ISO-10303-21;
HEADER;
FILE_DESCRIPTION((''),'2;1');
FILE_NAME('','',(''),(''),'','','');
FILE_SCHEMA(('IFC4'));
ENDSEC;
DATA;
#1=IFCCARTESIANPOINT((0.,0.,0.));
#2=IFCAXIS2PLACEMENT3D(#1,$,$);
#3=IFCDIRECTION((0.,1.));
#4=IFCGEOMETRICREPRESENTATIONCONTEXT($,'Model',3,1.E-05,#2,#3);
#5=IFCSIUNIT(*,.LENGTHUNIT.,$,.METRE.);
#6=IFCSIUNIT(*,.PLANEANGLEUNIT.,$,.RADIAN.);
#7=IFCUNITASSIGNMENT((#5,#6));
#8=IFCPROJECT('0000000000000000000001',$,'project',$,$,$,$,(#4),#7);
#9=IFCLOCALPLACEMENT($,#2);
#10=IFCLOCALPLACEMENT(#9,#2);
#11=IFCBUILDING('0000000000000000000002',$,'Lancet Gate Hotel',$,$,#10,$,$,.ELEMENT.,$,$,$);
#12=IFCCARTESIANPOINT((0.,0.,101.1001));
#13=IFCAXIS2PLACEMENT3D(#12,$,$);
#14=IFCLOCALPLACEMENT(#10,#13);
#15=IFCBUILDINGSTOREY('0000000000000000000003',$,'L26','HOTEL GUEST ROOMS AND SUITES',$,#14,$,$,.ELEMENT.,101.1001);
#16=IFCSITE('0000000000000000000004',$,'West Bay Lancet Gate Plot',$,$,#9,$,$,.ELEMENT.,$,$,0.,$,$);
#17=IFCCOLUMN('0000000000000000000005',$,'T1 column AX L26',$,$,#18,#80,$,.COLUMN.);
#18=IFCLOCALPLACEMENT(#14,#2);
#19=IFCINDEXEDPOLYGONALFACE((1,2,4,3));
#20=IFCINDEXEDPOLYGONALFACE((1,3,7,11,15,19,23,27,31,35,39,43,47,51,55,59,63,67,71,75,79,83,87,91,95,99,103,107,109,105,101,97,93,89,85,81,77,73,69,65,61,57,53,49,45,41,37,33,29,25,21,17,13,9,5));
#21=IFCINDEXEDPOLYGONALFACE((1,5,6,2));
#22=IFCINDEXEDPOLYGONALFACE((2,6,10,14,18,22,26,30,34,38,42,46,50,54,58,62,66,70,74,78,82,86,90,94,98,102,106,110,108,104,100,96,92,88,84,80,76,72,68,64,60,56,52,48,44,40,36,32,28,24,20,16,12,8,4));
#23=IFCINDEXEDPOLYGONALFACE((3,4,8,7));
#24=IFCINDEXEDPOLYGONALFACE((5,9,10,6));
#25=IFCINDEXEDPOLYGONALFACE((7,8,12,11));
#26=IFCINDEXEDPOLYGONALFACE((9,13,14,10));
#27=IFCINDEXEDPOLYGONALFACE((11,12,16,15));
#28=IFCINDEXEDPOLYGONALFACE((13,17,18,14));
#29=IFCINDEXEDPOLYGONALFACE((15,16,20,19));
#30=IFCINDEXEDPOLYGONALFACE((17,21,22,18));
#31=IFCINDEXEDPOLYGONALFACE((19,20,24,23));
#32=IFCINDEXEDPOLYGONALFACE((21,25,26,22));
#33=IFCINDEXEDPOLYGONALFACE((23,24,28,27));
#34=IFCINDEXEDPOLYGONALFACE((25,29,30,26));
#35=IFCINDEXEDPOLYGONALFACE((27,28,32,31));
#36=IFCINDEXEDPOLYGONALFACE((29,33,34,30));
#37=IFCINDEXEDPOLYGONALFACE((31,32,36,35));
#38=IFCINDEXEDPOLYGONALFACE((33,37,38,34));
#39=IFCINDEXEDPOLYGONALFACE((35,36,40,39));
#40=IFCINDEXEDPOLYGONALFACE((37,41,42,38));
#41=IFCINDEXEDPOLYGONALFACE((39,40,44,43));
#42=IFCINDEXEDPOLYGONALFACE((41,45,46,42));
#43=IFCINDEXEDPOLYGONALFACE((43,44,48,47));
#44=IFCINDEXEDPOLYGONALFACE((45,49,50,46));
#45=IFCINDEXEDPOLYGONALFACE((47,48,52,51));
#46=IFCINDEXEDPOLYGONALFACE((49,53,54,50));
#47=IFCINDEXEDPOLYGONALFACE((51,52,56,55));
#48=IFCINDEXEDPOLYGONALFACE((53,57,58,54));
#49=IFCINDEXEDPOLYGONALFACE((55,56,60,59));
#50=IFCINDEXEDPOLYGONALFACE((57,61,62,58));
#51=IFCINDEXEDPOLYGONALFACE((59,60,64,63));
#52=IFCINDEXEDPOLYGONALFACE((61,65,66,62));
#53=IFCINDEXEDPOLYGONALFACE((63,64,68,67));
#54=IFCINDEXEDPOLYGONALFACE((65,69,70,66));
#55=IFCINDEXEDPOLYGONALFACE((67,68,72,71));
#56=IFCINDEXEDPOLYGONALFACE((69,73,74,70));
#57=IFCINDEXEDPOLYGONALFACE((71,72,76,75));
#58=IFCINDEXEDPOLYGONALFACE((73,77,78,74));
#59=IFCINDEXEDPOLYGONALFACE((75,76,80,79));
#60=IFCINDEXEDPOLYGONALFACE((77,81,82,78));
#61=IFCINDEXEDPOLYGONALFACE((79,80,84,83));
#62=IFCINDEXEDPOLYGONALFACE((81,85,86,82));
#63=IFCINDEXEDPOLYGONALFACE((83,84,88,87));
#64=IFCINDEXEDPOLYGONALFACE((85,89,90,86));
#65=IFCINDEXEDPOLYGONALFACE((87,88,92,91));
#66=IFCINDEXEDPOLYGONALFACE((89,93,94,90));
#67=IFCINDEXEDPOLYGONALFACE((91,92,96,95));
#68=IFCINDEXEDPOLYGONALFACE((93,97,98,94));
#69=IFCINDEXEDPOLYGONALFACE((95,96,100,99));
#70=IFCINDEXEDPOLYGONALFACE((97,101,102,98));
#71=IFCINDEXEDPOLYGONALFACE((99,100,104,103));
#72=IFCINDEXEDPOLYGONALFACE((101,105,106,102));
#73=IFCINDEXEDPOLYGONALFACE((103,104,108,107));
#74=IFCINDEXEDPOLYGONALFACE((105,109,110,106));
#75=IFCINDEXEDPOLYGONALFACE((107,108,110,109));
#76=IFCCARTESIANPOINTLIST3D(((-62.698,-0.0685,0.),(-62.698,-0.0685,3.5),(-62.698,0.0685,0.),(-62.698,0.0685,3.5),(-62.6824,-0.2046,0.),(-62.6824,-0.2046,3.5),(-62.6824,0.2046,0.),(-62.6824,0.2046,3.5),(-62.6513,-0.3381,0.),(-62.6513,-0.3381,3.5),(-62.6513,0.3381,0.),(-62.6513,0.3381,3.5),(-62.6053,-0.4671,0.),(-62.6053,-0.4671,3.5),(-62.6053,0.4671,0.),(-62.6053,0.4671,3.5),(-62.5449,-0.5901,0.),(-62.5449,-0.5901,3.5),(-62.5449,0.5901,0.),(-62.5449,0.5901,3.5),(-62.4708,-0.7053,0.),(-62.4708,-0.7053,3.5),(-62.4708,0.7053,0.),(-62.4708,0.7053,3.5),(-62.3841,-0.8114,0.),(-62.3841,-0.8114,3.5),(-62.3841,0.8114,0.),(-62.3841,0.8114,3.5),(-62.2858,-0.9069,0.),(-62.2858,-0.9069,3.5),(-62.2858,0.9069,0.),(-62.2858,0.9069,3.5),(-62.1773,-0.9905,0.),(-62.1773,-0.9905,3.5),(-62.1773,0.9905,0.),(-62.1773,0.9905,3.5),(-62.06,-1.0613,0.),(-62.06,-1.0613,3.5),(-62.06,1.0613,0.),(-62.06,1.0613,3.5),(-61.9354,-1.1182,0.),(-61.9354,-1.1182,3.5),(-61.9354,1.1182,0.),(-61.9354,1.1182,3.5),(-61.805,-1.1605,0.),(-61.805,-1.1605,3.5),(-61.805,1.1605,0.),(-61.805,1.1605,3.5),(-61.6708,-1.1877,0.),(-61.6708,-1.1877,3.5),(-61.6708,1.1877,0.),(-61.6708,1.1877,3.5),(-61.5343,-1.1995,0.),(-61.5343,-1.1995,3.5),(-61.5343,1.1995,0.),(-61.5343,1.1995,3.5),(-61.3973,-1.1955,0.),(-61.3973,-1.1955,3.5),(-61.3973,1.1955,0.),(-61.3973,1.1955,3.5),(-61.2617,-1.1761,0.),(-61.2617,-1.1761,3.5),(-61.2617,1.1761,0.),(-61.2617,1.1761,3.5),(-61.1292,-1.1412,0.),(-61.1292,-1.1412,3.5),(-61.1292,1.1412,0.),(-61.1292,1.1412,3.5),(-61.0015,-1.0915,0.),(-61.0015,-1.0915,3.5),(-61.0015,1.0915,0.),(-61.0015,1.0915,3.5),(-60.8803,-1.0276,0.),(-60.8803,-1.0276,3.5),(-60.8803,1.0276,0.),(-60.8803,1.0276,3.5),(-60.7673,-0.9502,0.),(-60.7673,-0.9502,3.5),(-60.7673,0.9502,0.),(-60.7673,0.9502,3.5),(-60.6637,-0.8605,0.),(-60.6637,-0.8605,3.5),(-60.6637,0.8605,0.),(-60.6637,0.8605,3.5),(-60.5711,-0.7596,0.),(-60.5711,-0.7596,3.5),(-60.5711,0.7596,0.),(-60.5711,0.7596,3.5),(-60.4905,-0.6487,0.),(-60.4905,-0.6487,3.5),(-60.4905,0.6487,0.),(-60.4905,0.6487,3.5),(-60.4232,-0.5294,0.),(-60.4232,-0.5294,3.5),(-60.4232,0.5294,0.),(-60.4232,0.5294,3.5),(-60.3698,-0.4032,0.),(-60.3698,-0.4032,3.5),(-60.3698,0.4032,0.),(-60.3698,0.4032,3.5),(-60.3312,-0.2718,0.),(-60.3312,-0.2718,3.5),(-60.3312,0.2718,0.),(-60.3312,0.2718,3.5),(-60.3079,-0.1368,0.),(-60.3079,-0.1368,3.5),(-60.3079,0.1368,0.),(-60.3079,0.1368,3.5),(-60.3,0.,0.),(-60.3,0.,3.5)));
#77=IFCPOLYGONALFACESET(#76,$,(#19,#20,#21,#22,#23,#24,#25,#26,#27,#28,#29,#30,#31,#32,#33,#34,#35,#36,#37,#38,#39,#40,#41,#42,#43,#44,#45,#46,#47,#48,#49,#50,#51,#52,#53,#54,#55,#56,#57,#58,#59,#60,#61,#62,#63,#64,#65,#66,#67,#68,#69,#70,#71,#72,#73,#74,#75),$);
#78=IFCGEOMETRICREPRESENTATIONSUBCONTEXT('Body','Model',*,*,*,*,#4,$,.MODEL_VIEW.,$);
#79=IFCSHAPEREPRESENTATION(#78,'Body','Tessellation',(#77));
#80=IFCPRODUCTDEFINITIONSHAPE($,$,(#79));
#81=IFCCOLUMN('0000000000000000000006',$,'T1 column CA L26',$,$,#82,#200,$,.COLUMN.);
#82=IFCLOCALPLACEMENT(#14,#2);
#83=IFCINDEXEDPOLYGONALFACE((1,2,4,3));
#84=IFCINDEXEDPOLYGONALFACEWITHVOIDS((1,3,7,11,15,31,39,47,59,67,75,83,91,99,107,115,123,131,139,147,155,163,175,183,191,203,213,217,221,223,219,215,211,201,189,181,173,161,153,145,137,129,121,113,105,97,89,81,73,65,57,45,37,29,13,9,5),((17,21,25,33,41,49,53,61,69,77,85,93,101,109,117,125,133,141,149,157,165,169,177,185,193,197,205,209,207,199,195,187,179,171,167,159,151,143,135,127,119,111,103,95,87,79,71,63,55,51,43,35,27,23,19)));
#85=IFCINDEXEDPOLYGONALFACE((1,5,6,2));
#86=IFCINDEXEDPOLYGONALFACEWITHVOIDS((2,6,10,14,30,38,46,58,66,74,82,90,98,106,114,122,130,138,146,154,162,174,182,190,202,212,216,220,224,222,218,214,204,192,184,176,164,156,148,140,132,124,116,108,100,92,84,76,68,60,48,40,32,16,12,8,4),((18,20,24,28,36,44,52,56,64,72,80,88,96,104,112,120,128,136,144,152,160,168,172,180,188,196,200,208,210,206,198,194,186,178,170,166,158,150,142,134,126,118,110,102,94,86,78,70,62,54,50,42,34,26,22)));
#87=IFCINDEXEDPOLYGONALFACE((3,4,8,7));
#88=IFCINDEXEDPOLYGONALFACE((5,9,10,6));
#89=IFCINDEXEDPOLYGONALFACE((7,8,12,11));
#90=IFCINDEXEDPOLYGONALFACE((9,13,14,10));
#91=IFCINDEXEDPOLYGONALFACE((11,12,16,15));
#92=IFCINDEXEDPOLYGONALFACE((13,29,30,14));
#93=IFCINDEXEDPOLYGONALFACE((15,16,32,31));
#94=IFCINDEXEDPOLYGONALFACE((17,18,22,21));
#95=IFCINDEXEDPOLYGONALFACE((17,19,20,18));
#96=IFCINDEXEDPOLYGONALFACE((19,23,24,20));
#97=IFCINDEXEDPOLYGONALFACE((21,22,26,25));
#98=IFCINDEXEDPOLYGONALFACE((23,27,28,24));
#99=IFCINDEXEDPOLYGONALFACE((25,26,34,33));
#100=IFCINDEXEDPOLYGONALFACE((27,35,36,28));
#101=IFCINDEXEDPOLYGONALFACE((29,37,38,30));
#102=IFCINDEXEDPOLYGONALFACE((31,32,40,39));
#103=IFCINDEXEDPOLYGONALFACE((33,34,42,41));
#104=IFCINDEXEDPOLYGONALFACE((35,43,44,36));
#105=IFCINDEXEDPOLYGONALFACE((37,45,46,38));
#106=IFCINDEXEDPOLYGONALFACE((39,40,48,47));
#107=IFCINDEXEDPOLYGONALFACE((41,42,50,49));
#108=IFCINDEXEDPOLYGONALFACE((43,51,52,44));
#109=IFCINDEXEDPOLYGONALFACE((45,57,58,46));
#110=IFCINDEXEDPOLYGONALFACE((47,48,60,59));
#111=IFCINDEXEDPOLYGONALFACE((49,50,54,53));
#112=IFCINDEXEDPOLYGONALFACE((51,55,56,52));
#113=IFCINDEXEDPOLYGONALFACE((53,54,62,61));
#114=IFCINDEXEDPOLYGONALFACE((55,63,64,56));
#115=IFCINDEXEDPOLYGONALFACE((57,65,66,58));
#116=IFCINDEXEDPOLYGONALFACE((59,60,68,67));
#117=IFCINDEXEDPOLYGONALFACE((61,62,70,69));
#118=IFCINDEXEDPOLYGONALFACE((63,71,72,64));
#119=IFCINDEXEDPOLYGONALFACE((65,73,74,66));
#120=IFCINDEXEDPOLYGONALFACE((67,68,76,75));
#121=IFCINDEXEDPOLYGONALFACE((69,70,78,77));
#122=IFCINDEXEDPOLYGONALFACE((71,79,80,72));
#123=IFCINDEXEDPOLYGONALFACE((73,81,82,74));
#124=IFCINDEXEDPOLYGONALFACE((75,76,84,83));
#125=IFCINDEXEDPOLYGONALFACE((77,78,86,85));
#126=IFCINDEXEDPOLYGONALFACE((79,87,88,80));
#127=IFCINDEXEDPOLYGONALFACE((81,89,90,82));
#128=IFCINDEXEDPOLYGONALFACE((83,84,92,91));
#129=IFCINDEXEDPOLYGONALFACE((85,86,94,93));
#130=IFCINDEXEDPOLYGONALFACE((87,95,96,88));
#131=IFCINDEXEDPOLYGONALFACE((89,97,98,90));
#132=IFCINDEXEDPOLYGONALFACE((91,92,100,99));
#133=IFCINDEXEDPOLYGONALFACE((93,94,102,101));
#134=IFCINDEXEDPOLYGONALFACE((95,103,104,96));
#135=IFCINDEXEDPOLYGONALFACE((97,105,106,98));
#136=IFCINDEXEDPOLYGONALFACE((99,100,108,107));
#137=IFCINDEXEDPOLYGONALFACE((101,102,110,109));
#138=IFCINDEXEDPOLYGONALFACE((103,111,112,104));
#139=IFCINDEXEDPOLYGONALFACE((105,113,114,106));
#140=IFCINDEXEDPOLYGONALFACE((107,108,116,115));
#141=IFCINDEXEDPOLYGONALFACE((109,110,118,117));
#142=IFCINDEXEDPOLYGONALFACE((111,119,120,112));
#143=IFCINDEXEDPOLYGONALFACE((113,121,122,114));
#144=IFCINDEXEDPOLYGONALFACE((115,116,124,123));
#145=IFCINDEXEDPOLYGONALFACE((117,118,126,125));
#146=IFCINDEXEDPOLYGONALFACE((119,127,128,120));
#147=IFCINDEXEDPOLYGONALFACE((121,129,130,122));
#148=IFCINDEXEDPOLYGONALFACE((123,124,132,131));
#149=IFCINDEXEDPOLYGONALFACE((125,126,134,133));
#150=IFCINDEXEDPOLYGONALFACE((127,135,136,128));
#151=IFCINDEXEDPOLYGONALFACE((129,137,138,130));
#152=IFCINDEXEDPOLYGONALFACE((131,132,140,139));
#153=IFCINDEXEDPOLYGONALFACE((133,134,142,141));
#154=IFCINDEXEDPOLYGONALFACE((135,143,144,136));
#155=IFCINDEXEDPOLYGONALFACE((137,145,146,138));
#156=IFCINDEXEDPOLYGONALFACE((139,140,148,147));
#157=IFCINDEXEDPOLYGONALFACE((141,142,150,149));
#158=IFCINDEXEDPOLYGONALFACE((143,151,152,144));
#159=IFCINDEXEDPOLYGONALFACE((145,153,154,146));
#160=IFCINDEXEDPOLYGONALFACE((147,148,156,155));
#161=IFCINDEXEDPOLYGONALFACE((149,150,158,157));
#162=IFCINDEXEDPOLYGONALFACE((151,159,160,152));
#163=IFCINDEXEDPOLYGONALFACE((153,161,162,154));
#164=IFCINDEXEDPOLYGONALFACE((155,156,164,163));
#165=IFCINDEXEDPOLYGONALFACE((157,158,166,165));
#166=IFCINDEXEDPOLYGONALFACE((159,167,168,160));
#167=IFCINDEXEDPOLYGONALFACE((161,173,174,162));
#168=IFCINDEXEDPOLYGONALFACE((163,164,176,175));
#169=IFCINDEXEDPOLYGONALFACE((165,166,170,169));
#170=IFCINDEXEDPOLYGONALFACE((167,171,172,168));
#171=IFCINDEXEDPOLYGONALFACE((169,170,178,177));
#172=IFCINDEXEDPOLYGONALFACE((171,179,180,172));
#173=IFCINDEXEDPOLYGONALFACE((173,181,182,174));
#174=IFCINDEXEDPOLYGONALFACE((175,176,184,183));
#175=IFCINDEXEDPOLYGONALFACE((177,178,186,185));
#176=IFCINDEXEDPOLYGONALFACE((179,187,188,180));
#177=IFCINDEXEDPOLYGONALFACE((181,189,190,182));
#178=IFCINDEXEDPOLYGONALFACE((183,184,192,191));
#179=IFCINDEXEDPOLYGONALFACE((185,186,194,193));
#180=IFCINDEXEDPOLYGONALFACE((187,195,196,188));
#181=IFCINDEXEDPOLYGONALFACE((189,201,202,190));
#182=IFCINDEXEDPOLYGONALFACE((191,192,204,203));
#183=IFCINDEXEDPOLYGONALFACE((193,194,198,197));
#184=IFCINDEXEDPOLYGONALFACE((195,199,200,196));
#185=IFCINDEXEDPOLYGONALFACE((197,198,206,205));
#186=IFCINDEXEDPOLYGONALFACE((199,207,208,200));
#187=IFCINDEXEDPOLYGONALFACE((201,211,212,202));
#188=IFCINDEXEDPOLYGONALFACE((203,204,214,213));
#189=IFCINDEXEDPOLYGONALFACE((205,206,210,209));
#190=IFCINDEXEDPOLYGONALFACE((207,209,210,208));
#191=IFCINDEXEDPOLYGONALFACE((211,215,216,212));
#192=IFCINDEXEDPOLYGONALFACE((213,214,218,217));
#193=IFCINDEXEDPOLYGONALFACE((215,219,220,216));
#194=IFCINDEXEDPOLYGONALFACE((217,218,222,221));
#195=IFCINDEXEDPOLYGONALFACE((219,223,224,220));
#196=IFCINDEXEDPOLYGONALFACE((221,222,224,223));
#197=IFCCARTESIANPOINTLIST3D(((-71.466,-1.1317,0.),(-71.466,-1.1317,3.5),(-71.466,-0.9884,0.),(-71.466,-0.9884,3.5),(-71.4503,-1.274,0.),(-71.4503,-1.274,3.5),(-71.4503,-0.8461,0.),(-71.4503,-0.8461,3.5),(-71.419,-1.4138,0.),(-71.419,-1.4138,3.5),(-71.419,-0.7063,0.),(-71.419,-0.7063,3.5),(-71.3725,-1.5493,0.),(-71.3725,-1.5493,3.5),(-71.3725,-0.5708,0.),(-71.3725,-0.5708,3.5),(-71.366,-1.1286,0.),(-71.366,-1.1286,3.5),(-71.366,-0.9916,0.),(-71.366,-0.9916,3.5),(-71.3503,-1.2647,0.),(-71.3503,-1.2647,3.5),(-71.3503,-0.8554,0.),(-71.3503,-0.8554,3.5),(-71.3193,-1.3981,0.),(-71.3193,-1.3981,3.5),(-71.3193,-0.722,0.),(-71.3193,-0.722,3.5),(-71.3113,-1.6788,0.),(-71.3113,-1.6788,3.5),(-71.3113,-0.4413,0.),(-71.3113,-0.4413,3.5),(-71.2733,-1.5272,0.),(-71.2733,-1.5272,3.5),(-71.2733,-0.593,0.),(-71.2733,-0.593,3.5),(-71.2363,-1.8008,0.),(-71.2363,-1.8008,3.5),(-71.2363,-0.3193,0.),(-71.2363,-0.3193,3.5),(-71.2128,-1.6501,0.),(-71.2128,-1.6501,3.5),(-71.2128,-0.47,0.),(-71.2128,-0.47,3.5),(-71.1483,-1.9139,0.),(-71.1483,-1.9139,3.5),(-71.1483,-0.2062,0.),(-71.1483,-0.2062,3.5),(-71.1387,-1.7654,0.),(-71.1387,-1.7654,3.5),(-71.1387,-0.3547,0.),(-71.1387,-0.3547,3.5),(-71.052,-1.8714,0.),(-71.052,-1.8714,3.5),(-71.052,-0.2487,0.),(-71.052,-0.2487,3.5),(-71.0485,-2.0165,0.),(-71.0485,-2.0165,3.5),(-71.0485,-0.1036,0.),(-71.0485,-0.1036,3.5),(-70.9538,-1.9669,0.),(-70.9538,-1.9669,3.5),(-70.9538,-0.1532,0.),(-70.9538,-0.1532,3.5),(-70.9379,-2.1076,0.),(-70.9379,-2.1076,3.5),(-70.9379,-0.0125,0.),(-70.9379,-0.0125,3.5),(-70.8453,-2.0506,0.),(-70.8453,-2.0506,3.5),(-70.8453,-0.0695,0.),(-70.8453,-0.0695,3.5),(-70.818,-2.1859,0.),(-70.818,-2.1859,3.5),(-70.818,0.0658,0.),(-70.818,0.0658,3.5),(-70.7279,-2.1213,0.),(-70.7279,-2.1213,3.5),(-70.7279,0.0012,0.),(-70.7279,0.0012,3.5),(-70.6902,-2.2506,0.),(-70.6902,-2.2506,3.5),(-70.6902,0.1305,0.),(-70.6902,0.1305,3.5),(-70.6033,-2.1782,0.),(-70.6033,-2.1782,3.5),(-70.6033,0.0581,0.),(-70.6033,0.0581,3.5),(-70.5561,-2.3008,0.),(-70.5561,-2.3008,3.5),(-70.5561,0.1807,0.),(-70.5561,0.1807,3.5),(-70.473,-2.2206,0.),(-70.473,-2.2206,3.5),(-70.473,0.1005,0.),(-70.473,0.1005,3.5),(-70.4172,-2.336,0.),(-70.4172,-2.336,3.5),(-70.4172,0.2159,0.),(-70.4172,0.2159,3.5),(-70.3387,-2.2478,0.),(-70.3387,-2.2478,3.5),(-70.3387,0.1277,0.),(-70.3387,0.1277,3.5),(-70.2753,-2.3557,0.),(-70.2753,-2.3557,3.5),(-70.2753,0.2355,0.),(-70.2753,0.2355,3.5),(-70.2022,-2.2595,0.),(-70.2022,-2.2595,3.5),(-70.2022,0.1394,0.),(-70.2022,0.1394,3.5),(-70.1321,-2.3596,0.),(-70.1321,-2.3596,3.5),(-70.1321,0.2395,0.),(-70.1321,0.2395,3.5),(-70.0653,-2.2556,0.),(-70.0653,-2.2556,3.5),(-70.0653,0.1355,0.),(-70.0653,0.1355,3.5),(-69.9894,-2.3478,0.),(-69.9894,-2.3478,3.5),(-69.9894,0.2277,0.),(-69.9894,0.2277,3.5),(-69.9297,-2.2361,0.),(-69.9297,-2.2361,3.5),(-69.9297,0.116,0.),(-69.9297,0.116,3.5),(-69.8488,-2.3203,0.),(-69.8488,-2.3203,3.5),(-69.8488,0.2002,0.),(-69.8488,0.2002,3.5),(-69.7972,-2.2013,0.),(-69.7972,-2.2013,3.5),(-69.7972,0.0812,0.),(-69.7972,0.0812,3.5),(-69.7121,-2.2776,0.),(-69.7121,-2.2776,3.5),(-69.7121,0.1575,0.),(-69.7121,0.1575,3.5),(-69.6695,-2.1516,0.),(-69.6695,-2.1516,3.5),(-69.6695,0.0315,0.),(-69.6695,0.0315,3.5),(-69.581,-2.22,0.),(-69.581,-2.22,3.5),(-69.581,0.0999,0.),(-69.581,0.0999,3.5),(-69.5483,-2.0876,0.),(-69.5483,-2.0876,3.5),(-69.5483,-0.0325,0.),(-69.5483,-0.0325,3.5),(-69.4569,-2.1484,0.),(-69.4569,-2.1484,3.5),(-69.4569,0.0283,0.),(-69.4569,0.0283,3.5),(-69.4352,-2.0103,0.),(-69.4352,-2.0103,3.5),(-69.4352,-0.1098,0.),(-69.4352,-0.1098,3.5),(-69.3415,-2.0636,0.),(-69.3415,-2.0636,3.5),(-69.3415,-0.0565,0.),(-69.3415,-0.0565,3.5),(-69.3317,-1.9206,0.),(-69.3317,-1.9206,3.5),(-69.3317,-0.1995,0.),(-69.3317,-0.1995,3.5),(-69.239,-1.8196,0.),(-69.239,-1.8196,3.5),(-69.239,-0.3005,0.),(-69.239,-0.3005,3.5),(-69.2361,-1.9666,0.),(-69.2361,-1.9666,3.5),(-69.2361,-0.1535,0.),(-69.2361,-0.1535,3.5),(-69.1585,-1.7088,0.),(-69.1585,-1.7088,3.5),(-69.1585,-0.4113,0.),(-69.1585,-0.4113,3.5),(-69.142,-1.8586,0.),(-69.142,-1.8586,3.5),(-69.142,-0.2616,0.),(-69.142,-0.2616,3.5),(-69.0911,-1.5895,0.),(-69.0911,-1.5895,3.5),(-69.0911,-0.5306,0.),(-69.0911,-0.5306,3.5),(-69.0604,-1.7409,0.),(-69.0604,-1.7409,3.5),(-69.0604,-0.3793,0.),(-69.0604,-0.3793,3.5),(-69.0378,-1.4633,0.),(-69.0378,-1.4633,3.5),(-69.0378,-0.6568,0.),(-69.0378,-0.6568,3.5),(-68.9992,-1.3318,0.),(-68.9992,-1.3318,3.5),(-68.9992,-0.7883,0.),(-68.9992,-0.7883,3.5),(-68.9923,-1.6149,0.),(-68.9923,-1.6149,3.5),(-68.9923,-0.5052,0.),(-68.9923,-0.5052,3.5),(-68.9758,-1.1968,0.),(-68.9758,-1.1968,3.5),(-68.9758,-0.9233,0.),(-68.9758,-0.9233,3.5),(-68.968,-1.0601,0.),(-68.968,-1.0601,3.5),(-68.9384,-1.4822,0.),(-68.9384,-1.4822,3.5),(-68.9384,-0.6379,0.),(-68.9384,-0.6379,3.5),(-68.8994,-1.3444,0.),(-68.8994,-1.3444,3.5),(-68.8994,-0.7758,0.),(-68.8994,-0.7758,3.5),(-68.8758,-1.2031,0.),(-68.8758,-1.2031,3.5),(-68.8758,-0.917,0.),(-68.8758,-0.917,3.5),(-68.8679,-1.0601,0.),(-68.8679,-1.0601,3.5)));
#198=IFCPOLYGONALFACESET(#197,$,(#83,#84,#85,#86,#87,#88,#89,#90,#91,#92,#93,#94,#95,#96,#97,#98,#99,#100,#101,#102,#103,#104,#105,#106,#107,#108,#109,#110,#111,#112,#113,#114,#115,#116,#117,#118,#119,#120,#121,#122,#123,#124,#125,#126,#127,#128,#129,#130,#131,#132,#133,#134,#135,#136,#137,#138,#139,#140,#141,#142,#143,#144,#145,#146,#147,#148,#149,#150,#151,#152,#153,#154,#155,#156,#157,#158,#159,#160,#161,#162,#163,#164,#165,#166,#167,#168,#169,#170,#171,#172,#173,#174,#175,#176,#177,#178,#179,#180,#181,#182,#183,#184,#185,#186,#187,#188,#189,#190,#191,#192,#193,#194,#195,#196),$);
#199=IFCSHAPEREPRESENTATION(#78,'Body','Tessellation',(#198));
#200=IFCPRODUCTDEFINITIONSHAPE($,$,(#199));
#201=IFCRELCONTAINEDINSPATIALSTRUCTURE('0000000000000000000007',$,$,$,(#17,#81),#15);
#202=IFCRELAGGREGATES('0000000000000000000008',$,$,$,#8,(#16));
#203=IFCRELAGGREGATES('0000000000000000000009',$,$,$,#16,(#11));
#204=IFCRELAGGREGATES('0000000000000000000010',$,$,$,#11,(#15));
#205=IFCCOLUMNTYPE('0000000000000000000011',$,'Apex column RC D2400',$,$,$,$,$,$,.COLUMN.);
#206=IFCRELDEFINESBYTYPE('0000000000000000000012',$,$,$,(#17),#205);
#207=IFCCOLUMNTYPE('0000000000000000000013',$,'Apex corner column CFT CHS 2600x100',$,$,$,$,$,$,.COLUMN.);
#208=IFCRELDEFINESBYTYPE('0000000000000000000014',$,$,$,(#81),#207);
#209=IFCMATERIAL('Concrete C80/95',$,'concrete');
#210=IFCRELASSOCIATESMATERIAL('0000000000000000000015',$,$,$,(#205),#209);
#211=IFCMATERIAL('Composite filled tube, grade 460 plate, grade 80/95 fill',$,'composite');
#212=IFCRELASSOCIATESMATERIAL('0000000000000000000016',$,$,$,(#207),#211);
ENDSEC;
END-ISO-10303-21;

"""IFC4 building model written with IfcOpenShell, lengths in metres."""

from ifc_helpers import new_model, si_unit, direction, frame, origin, origin_2d, place, context, subcontext, project, spatial, circle, hollow_circle, extrude, material, material_profile, profile_set, type_object, element, save


model = new_model("IFC4")

# Units and contexts
model_context = context("Model", 3, precision=1e-05, world=origin(), true_north=direction((0.0, 1.0)))
body_context = subcontext(model_context, "Body", "Model", "MODEL_VIEW")
ifc_project = project(units=[si_unit("LENGTHUNIT", "METRE"), si_unit("PLANEANGLEUNIT", "RADIAN")], contexts=[model_context])

# Site, building, storey
site_placement = place(None, origin())
site = spatial("IfcSite", under=ifc_project, at=site_placement, Name="West Bay Lancet Gate Plot", CompositionType="ELEMENT", RefElevation=0.0)
building_placement = place(site_placement, origin())
building = spatial("IfcBuilding", under=site, at=building_placement, Name="Lancet Gate Hotel", CompositionType="ELEMENT")
storey_placement = place(building_placement, frame((0.0, 0.0, 101.1001)))
storey = spatial("IfcBuildingStorey", under=building, at=storey_placement, Name="L26", Description="HOTEL GUEST ROOMS AND SUITES", CompositionType="ELEMENT", Elevation=101.1001)

# Columns
ifc_material_1 = material(Name="Concrete C80/95", Category="concrete")
ifc_material_profile_1 = material_profile(ifc_material_1, circle(Radius=1.2, at=origin_2d()), Name="RC D2400")
ifc_profile_set_1 = profile_set([ifc_material_profile_1], Name="Concrete C80/95")
column_type_1 = type_object("IfcColumnType", Name="Apex column RC D2400", PredefinedType="COLUMN", material=ifc_profile_set_1)
column_1_placement = place(storey_placement, frame((-61.5, 0.0, 0.0), z_axis=(0.0, 0.0, 1.0), x_axis=(1.0, 0.0, 0.0)))
element("IfcColumn", 1, at=column_1_placement, inside=storey, type_object=column_type_1, Name="T1 column AX L26", PredefinedType="COLUMN", context=body_context, shape_type="SweptSolid", body=[
    extrude(circle(Radius=1.2, at=origin_2d()), origin(), (0.0, 0.0, 1.0), 3.5),
])
ifc_material_2 = material(Name="Composite filled tube, grade 460 plate, grade 80/95 fill", Category="composite")
ifc_material_profile_2 = material_profile(ifc_material_2, hollow_circle(Radius=1.3, WallThickness=0.1001, at=origin_2d()), Name="CHS 2600x100")
ifc_profile_set_2 = profile_set([ifc_material_profile_2], Name="Composite filled tube, grade 460 plate, grade 80/95 fill")
column_type_2 = type_object("IfcColumnType", Name="Apex corner column CFT CHS 2600x100", PredefinedType="COLUMN", material=ifc_profile_set_2)
column_2_placement = place(storey_placement, frame((-70.168, -1.0601, 0.0), z_axis=(0.0, 0.0, 1.0), x_axis=(1.0, 0.0, 0.0)))
element("IfcColumn", 2, at=column_2_placement, inside=storey, type_object=column_type_2, Name="T1 column CA L26", PredefinedType="COLUMN", context=body_context, shape_type="SweptSolid", body=[
    extrude(hollow_circle(Radius=1.3, WallThickness=0.1001, at=origin_2d()), origin(), (0.0, 0.0, 1.0), 3.5),
])

save(model, "model.ifc")
